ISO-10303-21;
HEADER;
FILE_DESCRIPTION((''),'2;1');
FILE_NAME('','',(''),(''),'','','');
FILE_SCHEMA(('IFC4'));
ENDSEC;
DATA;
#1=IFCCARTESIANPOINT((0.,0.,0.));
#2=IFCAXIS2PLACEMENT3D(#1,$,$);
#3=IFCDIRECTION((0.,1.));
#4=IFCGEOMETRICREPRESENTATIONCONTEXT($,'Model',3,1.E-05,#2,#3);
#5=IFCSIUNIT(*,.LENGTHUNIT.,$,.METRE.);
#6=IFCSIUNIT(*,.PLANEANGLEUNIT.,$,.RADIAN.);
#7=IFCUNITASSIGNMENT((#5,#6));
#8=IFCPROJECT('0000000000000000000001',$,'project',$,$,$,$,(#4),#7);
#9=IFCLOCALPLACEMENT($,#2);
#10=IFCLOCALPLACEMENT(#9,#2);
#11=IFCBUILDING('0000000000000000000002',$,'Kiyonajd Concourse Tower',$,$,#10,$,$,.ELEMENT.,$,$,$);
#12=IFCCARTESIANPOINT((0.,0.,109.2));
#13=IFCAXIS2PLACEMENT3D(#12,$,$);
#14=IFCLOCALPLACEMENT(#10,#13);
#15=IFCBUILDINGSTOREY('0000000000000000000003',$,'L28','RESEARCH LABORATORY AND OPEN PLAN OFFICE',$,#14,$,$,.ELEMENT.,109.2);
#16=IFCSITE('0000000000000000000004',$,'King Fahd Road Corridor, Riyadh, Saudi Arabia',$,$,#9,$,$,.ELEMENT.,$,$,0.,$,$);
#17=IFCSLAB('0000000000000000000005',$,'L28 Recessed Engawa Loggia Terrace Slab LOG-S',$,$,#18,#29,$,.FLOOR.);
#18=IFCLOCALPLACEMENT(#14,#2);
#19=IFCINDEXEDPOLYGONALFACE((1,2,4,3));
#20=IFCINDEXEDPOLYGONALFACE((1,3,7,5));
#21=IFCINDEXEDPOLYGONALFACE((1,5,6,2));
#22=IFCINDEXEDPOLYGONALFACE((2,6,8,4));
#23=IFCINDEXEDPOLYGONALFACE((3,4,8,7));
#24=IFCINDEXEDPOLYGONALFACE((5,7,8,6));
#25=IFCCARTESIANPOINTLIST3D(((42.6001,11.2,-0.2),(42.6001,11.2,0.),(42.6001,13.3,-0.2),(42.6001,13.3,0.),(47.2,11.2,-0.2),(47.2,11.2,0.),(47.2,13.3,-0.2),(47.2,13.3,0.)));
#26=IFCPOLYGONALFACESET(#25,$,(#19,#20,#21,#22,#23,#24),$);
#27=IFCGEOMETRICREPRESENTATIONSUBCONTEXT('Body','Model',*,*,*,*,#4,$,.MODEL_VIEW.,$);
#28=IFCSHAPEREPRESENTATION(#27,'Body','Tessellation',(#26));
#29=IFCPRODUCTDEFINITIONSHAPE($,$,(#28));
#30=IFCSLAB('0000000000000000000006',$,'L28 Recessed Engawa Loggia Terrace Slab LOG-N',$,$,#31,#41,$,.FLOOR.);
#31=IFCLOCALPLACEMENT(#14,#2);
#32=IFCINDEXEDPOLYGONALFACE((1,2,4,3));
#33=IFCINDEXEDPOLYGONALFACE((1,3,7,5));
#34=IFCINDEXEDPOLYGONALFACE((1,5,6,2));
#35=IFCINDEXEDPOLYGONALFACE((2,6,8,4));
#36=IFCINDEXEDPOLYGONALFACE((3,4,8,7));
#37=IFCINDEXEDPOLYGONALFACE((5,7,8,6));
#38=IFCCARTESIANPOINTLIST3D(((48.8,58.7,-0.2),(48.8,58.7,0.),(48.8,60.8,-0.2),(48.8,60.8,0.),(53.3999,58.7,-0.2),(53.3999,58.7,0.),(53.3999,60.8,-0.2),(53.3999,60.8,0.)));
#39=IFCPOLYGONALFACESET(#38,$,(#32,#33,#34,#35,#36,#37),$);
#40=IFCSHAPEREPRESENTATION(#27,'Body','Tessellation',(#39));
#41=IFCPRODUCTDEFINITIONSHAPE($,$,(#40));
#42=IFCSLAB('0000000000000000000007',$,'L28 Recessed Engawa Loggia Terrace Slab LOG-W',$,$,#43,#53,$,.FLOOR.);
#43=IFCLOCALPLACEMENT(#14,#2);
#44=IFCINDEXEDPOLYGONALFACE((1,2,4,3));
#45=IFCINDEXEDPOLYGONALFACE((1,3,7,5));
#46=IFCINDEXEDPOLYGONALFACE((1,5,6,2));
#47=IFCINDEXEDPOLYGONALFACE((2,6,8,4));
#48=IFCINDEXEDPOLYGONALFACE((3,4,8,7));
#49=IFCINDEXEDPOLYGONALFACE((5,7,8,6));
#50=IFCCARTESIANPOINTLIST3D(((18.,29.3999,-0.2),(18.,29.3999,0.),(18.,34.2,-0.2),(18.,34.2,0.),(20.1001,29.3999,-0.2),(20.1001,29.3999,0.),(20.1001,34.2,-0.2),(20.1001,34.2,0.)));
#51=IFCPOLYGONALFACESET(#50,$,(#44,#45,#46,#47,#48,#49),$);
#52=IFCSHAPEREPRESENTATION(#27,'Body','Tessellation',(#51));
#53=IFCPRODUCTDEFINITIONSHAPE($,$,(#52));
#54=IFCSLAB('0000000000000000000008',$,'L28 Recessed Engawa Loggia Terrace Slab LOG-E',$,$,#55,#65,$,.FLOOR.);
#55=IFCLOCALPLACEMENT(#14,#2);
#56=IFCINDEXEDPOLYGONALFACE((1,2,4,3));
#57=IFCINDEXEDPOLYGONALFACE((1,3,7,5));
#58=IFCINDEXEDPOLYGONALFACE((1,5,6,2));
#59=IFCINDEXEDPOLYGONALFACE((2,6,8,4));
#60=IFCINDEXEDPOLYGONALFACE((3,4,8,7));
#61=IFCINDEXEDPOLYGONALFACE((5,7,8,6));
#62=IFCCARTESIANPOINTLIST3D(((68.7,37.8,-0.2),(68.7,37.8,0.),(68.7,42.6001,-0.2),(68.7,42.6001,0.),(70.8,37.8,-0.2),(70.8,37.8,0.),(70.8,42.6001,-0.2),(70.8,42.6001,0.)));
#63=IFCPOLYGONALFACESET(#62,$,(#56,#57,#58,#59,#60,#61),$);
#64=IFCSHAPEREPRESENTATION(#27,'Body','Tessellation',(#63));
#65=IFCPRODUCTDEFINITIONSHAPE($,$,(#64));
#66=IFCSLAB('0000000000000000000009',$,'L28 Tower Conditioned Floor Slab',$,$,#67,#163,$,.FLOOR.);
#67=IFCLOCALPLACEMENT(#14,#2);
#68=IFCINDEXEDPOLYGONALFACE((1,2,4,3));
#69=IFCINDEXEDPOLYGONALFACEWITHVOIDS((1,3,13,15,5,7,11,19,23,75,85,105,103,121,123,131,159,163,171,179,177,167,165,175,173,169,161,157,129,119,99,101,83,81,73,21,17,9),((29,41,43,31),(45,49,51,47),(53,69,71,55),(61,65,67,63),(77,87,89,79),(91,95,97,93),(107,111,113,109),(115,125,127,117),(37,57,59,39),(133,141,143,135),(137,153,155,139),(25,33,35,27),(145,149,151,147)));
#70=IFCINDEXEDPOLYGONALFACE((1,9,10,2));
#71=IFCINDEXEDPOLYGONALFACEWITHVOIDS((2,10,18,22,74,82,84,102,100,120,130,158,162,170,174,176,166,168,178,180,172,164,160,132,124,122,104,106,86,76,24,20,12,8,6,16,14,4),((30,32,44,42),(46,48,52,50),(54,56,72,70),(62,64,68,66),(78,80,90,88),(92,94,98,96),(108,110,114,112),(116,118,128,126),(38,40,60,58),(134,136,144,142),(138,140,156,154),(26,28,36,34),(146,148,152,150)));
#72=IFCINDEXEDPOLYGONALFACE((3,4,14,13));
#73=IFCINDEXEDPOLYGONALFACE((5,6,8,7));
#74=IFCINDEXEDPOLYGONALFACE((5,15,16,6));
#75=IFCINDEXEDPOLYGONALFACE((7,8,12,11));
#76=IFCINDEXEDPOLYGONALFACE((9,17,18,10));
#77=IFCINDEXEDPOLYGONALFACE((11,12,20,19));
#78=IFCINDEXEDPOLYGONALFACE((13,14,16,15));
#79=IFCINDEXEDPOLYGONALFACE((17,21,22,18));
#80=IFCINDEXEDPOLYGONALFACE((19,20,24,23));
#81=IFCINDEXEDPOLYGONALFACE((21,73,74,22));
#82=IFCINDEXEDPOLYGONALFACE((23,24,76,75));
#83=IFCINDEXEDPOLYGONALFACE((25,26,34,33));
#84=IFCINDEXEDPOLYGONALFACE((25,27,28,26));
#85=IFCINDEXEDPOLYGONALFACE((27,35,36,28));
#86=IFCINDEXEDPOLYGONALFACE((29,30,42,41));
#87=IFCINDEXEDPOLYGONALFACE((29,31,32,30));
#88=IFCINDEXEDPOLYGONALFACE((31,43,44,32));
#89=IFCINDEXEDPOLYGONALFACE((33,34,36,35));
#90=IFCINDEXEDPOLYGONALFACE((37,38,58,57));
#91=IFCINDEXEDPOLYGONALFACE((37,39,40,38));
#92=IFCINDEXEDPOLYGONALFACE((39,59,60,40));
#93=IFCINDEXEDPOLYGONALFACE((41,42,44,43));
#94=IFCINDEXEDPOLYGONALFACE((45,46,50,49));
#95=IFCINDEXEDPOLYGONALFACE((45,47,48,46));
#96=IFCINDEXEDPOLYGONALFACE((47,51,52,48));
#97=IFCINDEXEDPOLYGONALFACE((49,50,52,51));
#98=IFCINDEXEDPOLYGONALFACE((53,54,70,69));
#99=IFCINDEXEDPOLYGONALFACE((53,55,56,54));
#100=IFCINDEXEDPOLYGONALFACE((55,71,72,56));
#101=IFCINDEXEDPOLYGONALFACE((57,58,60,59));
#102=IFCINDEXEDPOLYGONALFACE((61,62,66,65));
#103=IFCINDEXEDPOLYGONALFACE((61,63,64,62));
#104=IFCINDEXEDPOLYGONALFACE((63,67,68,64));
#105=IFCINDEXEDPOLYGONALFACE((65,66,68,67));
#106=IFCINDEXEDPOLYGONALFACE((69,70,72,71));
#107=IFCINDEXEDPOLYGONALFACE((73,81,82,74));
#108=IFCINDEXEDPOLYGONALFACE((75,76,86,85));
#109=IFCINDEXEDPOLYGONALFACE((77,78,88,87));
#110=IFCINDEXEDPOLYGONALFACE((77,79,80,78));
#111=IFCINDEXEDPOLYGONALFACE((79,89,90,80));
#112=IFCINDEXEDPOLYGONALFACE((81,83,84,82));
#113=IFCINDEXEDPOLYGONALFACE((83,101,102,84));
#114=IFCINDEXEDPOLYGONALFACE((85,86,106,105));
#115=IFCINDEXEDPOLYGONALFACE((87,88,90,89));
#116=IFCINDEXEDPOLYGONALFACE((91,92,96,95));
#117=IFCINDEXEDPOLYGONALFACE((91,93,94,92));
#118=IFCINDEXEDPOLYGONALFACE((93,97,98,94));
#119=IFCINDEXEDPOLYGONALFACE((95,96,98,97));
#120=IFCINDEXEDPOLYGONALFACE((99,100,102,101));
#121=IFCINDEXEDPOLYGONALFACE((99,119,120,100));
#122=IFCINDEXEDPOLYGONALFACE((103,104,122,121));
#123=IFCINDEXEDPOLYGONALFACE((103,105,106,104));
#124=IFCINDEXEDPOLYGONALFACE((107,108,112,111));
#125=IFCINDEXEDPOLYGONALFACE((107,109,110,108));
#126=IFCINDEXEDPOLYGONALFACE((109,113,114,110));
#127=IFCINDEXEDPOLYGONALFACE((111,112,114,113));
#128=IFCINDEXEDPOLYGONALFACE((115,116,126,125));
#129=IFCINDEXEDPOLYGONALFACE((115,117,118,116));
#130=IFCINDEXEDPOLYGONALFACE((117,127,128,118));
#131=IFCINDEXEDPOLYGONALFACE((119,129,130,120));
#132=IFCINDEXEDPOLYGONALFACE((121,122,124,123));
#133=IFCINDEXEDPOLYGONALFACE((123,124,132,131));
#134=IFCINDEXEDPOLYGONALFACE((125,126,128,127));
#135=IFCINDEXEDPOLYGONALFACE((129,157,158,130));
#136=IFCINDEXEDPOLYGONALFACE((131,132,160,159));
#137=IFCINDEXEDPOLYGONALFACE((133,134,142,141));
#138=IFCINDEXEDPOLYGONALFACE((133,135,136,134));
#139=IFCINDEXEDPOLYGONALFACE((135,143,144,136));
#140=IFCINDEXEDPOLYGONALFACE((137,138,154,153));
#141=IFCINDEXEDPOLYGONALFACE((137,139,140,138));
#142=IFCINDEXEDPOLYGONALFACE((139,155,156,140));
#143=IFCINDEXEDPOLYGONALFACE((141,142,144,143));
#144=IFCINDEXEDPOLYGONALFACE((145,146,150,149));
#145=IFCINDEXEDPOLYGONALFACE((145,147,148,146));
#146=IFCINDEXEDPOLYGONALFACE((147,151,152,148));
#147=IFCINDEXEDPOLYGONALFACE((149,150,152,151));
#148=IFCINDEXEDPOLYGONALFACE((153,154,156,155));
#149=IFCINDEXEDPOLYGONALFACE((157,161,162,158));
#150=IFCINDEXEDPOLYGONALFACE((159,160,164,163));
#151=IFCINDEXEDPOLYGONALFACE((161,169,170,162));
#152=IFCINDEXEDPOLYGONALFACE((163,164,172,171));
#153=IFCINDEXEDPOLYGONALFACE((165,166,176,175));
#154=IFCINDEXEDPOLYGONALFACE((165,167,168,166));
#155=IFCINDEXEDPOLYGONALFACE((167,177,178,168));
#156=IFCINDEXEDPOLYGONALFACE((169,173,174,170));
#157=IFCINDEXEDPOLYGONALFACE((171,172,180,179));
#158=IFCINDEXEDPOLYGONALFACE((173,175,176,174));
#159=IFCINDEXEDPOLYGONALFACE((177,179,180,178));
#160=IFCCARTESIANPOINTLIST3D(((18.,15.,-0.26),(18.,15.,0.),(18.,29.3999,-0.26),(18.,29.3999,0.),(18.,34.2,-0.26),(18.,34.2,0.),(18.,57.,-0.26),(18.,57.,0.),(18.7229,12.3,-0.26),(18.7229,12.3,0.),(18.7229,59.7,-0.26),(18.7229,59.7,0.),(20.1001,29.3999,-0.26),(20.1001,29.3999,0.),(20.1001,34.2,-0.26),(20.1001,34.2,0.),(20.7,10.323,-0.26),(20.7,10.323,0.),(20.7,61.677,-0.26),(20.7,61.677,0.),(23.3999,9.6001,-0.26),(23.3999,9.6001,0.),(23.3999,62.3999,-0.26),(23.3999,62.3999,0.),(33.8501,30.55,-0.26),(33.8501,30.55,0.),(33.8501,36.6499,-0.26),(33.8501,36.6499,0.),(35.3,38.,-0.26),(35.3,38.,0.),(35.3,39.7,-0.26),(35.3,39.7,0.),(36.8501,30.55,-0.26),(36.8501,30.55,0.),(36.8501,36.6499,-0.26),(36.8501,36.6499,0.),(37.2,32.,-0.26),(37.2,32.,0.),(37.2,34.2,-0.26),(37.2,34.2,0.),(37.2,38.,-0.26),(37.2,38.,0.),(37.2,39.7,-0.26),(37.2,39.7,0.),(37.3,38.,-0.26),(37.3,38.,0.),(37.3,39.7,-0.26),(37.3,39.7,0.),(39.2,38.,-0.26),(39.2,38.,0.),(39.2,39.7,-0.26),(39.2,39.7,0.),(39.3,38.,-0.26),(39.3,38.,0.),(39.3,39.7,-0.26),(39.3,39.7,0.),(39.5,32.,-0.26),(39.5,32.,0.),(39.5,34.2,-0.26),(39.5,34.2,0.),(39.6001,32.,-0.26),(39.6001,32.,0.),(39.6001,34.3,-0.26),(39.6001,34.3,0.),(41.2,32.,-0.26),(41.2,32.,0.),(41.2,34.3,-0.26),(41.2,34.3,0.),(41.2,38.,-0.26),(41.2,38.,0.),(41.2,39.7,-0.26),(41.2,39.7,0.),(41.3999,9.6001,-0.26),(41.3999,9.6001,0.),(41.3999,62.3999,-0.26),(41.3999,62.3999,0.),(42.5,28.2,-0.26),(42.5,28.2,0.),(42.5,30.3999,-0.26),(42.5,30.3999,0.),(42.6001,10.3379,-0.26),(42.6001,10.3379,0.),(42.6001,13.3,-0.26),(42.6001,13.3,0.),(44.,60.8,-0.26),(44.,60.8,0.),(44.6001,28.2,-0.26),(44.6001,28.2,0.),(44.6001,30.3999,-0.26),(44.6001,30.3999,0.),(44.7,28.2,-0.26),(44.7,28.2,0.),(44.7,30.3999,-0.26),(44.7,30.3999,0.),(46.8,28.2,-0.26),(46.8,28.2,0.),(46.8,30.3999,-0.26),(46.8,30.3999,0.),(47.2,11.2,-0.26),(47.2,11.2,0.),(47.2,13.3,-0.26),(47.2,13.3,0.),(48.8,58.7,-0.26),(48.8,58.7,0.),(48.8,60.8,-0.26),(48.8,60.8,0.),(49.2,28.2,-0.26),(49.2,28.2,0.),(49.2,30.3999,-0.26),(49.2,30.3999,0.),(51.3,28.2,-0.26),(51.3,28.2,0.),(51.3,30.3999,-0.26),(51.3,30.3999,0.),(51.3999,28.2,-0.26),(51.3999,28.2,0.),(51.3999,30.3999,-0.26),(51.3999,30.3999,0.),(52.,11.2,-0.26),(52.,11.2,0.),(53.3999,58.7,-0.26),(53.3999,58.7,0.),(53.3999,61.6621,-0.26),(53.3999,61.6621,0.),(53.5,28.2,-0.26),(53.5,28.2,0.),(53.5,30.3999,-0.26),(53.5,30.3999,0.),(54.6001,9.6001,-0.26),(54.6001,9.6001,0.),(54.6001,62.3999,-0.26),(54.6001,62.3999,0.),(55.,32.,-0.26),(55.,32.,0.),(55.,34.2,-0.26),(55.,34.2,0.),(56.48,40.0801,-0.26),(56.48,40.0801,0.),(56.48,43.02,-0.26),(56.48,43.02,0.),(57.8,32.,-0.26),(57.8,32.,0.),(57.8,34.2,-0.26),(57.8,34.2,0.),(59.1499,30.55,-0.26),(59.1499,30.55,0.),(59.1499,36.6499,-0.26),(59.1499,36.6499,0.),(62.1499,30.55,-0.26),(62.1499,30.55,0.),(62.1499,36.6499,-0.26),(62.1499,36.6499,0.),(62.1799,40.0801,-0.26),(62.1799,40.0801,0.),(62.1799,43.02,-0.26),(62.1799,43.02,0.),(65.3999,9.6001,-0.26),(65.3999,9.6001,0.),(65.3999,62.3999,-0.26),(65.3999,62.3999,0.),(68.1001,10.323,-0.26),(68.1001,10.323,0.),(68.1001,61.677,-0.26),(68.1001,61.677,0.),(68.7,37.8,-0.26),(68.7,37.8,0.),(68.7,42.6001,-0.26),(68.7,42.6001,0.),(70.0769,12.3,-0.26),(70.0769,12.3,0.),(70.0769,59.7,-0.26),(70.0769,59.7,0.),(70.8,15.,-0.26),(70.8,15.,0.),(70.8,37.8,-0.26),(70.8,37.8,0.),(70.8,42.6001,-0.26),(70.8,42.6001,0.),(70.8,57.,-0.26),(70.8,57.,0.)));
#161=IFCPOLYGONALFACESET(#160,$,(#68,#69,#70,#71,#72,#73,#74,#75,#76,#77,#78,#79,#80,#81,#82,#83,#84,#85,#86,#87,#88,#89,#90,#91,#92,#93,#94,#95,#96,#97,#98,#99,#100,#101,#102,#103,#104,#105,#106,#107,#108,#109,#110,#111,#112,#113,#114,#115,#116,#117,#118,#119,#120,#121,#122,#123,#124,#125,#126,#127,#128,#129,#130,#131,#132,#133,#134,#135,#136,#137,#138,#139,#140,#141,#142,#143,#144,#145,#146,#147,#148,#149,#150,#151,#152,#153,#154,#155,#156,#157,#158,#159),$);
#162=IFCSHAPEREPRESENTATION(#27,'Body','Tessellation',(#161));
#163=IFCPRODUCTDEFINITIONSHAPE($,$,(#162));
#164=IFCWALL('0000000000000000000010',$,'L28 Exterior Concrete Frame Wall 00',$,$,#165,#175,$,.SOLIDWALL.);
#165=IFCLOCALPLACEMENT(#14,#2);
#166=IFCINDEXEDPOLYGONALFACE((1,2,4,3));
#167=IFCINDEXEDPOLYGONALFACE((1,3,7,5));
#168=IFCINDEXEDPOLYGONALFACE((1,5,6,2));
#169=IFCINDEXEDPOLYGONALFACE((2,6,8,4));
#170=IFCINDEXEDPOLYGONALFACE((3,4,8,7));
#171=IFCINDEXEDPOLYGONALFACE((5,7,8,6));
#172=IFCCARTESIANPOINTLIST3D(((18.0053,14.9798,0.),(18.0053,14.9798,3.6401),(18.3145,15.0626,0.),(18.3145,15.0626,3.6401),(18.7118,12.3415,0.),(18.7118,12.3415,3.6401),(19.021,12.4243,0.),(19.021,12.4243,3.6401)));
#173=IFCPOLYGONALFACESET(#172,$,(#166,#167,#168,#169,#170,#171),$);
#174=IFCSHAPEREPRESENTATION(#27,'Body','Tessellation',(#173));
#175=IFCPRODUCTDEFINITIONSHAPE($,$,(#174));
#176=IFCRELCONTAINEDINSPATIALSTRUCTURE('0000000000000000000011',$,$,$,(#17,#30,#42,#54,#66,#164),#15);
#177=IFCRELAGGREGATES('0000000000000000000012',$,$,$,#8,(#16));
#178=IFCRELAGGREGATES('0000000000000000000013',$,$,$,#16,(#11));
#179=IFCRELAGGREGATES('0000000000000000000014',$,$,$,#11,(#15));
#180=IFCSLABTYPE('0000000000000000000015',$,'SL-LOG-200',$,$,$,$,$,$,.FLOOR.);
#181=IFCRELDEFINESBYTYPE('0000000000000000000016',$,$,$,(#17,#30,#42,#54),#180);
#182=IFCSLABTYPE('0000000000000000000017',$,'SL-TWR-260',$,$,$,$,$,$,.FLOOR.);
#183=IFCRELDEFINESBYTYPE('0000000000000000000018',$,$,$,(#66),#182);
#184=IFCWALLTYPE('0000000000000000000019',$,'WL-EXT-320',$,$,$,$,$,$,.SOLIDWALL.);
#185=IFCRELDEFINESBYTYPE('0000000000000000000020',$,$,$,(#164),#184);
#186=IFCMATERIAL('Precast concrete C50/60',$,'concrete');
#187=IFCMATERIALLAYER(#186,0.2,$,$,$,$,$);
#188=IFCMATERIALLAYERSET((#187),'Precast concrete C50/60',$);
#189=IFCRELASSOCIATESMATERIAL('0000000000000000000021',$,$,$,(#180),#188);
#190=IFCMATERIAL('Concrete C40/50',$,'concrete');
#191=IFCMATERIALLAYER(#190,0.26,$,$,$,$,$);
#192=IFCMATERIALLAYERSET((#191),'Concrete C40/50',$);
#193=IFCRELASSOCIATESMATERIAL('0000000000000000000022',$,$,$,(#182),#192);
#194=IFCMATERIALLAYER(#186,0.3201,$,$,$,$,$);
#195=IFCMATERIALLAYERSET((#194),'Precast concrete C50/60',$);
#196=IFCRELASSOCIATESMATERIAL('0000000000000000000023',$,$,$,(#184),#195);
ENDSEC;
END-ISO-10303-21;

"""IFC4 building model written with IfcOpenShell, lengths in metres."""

from ifc_helpers import new_model, si_unit, direction, frame, frame_2d, origin, place, context, subcontext, project, spatial, polyline, rectangle, outline, extrude, material, layer, layer_set, type_object, element, save


model = new_model("IFC4")

# Units and contexts
model_context = context("Model", 3, precision=1e-05, world=origin(), true_north=direction((0.0, 1.0)))
body_context = subcontext(model_context, "Body", "Model", "MODEL_VIEW")
ifc_project = project(units=[si_unit("LENGTHUNIT", "METRE"), si_unit("PLANEANGLEUNIT", "RADIAN")], contexts=[model_context])

# Site, building, storey
site_placement = place(None, origin())
site = spatial("IfcSite", under=ifc_project, at=site_placement, Name="King Fahd Road Corridor, Riyadh, Saudi Arabia", CompositionType="ELEMENT", RefElevation=0.0)
building_placement = place(site_placement, origin())
building = spatial("IfcBuilding", under=site, at=building_placement, Name="Kiyonajd Concourse Tower", CompositionType="ELEMENT")
storey_placement = place(building_placement, frame((0.0, 0.0, 109.2)))
storey = spatial("IfcBuildingStorey", under=building, at=storey_placement, Name="L28", Description="RESEARCH LABORATORY AND OPEN PLAN OFFICE", CompositionType="ELEMENT", Elevation=109.2)

# Shared definitions
ifc_material_1 = material(Name="Precast concrete C50/60", Category="concrete")

# Shared definitions
ifc_material_2 = material(Name="Concrete C40/50", Category="concrete")

# Slabs
ifc_layer_1 = layer(ifc_material_1, 0.2)
ifc_layer_set_1 = layer_set([ifc_layer_1], Name="Precast concrete C50/60")
slab_type_1 = type_object("IfcSlabType", Name="SL-LOG-200", PredefinedType="FLOOR", material=ifc_layer_set_1)
slab_1_placement = place(storey_placement, frame((0.0, 0.0, -0.2)))
element("IfcSlab", 1, at=slab_1_placement, inside=storey, type_object=slab_type_1, Name="L28 Recessed Engawa Loggia Terrace Slab LOG-S", PredefinedType="FLOOR", context=body_context, shape_type="SweptSolid", body=[
    extrude(outline(polyline([(42.6001, 11.2), (47.2, 11.2), (47.2, 13.3), (42.6001, 13.3), (42.6001, 11.2)])), origin(), (0.0, 0.0, 1.0), 0.2),
])
slab_2_placement = place(storey_placement, frame((0.0, 0.0, -0.2)))
element("IfcSlab", 2, at=slab_2_placement, inside=storey, type_object=slab_type_1, Name="L28 Recessed Engawa Loggia Terrace Slab LOG-N", PredefinedType="FLOOR", context=body_context, shape_type="SweptSolid", body=[
    extrude(outline(polyline([(48.8, 58.7), (53.3999, 58.7), (53.3999, 60.8), (48.8, 60.8), (48.8, 58.7)])), origin(), (0.0, 0.0, 1.0), 0.2),
])
slab_3_placement = place(storey_placement, frame((0.0, 0.0, -0.2)))
element("IfcSlab", 3, at=slab_3_placement, inside=storey, type_object=slab_type_1, Name="L28 Recessed Engawa Loggia Terrace Slab LOG-W", PredefinedType="FLOOR", context=body_context, shape_type="SweptSolid", body=[
    extrude(outline(polyline([(18.0, 29.3999), (20.1001, 29.3999), (20.1001, 34.2), (18.0, 34.2), (18.0, 29.3999)])), origin(), (0.0, 0.0, 1.0), 0.2),
])
slab_4_placement = place(storey_placement, frame((0.0, 0.0, -0.2)))
element("IfcSlab", 4, at=slab_4_placement, inside=storey, type_object=slab_type_1, Name="L28 Recessed Engawa Loggia Terrace Slab LOG-E", PredefinedType="FLOOR", context=body_context, shape_type="SweptSolid", body=[
    extrude(outline(polyline([(68.7, 37.8), (70.8, 37.8), (70.8, 42.6001), (68.7, 42.6001), (68.7, 37.8)])), origin(), (0.0, 0.0, 1.0), 0.2),
])
ifc_layer_2 = layer(ifc_material_2, 0.26)
ifc_layer_set_2 = layer_set([ifc_layer_2], Name="Concrete C40/50")
slab_type_2 = type_object("IfcSlabType", Name="SL-TWR-260", PredefinedType="FLOOR", material=ifc_layer_set_2)
slab_5_placement = place(storey_placement, frame((0.0, 0.0, -0.26)))
element("IfcSlab", 5, at=slab_5_placement, inside=storey, type_object=slab_type_2, Name="L28 Tower Conditioned Floor Slab", PredefinedType="FLOOR", context=body_context, shape_type="SweptSolid", body=[
    extrude(outline(polyline([(18.7229, 12.3), (18.0, 15.0), (18.0, 29.3999), (20.1001, 29.3999), (20.1001, 34.2), (18.0, 34.2), (18.0, 57.0), (18.7229, 59.7), (20.7, 61.677), (23.3999, 62.3999), (41.3999, 62.3999), (44.0, 60.8), (48.8, 60.8), (48.8, 58.7), (53.3999, 58.7), (53.3999, 61.6621), (54.6001, 62.3999), (65.3999, 62.3999), (68.1001, 61.677), (70.0769, 59.7), (70.8, 57.0), (70.8, 42.6001), (68.7, 42.6001), (68.7, 37.8), (70.8, 37.8), (70.8, 15.0), (70.0769, 12.3), (68.1001, 10.323), (65.3999, 9.6001), (54.6001, 9.6001), (52.0, 11.2), (47.2, 11.2), (47.2, 13.3), (42.6001, 13.3), (42.6001, 10.3379), (41.3999, 9.6001), (23.3999, 9.6001), (20.7, 10.323), (18.7229, 12.3)]), holes=[polyline([(44.6001, 28.2), (42.5, 28.2), (42.5, 30.3999), (44.6001, 30.3999), (44.6001, 28.2)]), polyline([(37.2, 32.0), (37.2, 34.2), (39.5, 34.2), (39.5, 32.0), (37.2, 32.0)]), polyline([(39.6001, 32.0), (39.6001, 34.3), (41.2, 34.3), (41.2, 32.0), (39.6001, 32.0)]), polyline([(36.8501, 30.55), (33.8501, 30.55), (33.8501, 36.6499), (36.8501, 36.6499), (36.8501, 30.55)]), polyline([(35.3, 38.0), (35.3, 39.7), (37.2, 39.7), (37.2, 38.0), (35.3, 38.0)]), polyline([(37.3, 38.0), (37.3, 39.7), (39.2, 39.7), (39.2, 38.0), (37.3, 38.0)]), polyline([(41.2, 38.0), (39.3, 38.0), (39.3, 39.7), (41.2, 39.7), (41.2, 38.0)]), polyline([(44.7, 28.2), (44.7, 30.3999), (46.8, 30.3999), (46.8, 28.2), (44.7, 28.2)]), polyline([(49.2, 28.2), (49.2, 30.3999), (51.3, 30.3999), (51.3, 28.2), (49.2, 28.2)]), polyline([(51.3999, 28.2), (51.3999, 30.3999), (53.5, 30.3999), (53.5, 28.2), (51.3999, 28.2)]), polyline([(55.0, 32.0), (55.0, 34.2), (57.8, 34.2), (57.8, 32.0), (55.0, 32.0)]), polyline([(59.1499, 30.55), (59.1499, 36.6499), (62.1499, 36.6499), (62.1499, 30.55), (59.1499, 30.55)]), polyline([(56.48, 43.02), (62.1799, 43.02), (62.1799, 40.0801), (56.48, 40.0801), (56.48, 43.02)])]), origin(), (0.0, 0.0, 1.0), 0.26),
])

# Wall
ifc_layer_3 = layer(ifc_material_1, 0.3201)
ifc_layer_set_3 = layer_set([ifc_layer_3], Name="Precast concrete C50/60")
wall_type_1 = type_object("IfcWallType", Name="WL-EXT-320", PredefinedType="SOLIDWALL", material=ifc_layer_set_3)
wall_1_placement = place(storey_placement, frame((18.8665, 12.3828, 0.0), z_axis=(0.0, 0.0, 1.0), x_axis=(-0.258697, 0.965958, 0.0)))
element("IfcWall", 6, at=wall_1_placement, inside=storey, type_object=wall_type_1, Name="L28 Exterior Concrete Frame Wall 00", PredefinedType="SOLIDWALL", context=body_context, shape_type="SweptSolid", body=[
    extrude(rectangle(XDim=2.7312, YDim=0.3201, at=frame_2d((1.3657, 0.0))), origin(), (0.0, 0.0, 1.0), 3.6401),
])

save(model, "model.ifc")
